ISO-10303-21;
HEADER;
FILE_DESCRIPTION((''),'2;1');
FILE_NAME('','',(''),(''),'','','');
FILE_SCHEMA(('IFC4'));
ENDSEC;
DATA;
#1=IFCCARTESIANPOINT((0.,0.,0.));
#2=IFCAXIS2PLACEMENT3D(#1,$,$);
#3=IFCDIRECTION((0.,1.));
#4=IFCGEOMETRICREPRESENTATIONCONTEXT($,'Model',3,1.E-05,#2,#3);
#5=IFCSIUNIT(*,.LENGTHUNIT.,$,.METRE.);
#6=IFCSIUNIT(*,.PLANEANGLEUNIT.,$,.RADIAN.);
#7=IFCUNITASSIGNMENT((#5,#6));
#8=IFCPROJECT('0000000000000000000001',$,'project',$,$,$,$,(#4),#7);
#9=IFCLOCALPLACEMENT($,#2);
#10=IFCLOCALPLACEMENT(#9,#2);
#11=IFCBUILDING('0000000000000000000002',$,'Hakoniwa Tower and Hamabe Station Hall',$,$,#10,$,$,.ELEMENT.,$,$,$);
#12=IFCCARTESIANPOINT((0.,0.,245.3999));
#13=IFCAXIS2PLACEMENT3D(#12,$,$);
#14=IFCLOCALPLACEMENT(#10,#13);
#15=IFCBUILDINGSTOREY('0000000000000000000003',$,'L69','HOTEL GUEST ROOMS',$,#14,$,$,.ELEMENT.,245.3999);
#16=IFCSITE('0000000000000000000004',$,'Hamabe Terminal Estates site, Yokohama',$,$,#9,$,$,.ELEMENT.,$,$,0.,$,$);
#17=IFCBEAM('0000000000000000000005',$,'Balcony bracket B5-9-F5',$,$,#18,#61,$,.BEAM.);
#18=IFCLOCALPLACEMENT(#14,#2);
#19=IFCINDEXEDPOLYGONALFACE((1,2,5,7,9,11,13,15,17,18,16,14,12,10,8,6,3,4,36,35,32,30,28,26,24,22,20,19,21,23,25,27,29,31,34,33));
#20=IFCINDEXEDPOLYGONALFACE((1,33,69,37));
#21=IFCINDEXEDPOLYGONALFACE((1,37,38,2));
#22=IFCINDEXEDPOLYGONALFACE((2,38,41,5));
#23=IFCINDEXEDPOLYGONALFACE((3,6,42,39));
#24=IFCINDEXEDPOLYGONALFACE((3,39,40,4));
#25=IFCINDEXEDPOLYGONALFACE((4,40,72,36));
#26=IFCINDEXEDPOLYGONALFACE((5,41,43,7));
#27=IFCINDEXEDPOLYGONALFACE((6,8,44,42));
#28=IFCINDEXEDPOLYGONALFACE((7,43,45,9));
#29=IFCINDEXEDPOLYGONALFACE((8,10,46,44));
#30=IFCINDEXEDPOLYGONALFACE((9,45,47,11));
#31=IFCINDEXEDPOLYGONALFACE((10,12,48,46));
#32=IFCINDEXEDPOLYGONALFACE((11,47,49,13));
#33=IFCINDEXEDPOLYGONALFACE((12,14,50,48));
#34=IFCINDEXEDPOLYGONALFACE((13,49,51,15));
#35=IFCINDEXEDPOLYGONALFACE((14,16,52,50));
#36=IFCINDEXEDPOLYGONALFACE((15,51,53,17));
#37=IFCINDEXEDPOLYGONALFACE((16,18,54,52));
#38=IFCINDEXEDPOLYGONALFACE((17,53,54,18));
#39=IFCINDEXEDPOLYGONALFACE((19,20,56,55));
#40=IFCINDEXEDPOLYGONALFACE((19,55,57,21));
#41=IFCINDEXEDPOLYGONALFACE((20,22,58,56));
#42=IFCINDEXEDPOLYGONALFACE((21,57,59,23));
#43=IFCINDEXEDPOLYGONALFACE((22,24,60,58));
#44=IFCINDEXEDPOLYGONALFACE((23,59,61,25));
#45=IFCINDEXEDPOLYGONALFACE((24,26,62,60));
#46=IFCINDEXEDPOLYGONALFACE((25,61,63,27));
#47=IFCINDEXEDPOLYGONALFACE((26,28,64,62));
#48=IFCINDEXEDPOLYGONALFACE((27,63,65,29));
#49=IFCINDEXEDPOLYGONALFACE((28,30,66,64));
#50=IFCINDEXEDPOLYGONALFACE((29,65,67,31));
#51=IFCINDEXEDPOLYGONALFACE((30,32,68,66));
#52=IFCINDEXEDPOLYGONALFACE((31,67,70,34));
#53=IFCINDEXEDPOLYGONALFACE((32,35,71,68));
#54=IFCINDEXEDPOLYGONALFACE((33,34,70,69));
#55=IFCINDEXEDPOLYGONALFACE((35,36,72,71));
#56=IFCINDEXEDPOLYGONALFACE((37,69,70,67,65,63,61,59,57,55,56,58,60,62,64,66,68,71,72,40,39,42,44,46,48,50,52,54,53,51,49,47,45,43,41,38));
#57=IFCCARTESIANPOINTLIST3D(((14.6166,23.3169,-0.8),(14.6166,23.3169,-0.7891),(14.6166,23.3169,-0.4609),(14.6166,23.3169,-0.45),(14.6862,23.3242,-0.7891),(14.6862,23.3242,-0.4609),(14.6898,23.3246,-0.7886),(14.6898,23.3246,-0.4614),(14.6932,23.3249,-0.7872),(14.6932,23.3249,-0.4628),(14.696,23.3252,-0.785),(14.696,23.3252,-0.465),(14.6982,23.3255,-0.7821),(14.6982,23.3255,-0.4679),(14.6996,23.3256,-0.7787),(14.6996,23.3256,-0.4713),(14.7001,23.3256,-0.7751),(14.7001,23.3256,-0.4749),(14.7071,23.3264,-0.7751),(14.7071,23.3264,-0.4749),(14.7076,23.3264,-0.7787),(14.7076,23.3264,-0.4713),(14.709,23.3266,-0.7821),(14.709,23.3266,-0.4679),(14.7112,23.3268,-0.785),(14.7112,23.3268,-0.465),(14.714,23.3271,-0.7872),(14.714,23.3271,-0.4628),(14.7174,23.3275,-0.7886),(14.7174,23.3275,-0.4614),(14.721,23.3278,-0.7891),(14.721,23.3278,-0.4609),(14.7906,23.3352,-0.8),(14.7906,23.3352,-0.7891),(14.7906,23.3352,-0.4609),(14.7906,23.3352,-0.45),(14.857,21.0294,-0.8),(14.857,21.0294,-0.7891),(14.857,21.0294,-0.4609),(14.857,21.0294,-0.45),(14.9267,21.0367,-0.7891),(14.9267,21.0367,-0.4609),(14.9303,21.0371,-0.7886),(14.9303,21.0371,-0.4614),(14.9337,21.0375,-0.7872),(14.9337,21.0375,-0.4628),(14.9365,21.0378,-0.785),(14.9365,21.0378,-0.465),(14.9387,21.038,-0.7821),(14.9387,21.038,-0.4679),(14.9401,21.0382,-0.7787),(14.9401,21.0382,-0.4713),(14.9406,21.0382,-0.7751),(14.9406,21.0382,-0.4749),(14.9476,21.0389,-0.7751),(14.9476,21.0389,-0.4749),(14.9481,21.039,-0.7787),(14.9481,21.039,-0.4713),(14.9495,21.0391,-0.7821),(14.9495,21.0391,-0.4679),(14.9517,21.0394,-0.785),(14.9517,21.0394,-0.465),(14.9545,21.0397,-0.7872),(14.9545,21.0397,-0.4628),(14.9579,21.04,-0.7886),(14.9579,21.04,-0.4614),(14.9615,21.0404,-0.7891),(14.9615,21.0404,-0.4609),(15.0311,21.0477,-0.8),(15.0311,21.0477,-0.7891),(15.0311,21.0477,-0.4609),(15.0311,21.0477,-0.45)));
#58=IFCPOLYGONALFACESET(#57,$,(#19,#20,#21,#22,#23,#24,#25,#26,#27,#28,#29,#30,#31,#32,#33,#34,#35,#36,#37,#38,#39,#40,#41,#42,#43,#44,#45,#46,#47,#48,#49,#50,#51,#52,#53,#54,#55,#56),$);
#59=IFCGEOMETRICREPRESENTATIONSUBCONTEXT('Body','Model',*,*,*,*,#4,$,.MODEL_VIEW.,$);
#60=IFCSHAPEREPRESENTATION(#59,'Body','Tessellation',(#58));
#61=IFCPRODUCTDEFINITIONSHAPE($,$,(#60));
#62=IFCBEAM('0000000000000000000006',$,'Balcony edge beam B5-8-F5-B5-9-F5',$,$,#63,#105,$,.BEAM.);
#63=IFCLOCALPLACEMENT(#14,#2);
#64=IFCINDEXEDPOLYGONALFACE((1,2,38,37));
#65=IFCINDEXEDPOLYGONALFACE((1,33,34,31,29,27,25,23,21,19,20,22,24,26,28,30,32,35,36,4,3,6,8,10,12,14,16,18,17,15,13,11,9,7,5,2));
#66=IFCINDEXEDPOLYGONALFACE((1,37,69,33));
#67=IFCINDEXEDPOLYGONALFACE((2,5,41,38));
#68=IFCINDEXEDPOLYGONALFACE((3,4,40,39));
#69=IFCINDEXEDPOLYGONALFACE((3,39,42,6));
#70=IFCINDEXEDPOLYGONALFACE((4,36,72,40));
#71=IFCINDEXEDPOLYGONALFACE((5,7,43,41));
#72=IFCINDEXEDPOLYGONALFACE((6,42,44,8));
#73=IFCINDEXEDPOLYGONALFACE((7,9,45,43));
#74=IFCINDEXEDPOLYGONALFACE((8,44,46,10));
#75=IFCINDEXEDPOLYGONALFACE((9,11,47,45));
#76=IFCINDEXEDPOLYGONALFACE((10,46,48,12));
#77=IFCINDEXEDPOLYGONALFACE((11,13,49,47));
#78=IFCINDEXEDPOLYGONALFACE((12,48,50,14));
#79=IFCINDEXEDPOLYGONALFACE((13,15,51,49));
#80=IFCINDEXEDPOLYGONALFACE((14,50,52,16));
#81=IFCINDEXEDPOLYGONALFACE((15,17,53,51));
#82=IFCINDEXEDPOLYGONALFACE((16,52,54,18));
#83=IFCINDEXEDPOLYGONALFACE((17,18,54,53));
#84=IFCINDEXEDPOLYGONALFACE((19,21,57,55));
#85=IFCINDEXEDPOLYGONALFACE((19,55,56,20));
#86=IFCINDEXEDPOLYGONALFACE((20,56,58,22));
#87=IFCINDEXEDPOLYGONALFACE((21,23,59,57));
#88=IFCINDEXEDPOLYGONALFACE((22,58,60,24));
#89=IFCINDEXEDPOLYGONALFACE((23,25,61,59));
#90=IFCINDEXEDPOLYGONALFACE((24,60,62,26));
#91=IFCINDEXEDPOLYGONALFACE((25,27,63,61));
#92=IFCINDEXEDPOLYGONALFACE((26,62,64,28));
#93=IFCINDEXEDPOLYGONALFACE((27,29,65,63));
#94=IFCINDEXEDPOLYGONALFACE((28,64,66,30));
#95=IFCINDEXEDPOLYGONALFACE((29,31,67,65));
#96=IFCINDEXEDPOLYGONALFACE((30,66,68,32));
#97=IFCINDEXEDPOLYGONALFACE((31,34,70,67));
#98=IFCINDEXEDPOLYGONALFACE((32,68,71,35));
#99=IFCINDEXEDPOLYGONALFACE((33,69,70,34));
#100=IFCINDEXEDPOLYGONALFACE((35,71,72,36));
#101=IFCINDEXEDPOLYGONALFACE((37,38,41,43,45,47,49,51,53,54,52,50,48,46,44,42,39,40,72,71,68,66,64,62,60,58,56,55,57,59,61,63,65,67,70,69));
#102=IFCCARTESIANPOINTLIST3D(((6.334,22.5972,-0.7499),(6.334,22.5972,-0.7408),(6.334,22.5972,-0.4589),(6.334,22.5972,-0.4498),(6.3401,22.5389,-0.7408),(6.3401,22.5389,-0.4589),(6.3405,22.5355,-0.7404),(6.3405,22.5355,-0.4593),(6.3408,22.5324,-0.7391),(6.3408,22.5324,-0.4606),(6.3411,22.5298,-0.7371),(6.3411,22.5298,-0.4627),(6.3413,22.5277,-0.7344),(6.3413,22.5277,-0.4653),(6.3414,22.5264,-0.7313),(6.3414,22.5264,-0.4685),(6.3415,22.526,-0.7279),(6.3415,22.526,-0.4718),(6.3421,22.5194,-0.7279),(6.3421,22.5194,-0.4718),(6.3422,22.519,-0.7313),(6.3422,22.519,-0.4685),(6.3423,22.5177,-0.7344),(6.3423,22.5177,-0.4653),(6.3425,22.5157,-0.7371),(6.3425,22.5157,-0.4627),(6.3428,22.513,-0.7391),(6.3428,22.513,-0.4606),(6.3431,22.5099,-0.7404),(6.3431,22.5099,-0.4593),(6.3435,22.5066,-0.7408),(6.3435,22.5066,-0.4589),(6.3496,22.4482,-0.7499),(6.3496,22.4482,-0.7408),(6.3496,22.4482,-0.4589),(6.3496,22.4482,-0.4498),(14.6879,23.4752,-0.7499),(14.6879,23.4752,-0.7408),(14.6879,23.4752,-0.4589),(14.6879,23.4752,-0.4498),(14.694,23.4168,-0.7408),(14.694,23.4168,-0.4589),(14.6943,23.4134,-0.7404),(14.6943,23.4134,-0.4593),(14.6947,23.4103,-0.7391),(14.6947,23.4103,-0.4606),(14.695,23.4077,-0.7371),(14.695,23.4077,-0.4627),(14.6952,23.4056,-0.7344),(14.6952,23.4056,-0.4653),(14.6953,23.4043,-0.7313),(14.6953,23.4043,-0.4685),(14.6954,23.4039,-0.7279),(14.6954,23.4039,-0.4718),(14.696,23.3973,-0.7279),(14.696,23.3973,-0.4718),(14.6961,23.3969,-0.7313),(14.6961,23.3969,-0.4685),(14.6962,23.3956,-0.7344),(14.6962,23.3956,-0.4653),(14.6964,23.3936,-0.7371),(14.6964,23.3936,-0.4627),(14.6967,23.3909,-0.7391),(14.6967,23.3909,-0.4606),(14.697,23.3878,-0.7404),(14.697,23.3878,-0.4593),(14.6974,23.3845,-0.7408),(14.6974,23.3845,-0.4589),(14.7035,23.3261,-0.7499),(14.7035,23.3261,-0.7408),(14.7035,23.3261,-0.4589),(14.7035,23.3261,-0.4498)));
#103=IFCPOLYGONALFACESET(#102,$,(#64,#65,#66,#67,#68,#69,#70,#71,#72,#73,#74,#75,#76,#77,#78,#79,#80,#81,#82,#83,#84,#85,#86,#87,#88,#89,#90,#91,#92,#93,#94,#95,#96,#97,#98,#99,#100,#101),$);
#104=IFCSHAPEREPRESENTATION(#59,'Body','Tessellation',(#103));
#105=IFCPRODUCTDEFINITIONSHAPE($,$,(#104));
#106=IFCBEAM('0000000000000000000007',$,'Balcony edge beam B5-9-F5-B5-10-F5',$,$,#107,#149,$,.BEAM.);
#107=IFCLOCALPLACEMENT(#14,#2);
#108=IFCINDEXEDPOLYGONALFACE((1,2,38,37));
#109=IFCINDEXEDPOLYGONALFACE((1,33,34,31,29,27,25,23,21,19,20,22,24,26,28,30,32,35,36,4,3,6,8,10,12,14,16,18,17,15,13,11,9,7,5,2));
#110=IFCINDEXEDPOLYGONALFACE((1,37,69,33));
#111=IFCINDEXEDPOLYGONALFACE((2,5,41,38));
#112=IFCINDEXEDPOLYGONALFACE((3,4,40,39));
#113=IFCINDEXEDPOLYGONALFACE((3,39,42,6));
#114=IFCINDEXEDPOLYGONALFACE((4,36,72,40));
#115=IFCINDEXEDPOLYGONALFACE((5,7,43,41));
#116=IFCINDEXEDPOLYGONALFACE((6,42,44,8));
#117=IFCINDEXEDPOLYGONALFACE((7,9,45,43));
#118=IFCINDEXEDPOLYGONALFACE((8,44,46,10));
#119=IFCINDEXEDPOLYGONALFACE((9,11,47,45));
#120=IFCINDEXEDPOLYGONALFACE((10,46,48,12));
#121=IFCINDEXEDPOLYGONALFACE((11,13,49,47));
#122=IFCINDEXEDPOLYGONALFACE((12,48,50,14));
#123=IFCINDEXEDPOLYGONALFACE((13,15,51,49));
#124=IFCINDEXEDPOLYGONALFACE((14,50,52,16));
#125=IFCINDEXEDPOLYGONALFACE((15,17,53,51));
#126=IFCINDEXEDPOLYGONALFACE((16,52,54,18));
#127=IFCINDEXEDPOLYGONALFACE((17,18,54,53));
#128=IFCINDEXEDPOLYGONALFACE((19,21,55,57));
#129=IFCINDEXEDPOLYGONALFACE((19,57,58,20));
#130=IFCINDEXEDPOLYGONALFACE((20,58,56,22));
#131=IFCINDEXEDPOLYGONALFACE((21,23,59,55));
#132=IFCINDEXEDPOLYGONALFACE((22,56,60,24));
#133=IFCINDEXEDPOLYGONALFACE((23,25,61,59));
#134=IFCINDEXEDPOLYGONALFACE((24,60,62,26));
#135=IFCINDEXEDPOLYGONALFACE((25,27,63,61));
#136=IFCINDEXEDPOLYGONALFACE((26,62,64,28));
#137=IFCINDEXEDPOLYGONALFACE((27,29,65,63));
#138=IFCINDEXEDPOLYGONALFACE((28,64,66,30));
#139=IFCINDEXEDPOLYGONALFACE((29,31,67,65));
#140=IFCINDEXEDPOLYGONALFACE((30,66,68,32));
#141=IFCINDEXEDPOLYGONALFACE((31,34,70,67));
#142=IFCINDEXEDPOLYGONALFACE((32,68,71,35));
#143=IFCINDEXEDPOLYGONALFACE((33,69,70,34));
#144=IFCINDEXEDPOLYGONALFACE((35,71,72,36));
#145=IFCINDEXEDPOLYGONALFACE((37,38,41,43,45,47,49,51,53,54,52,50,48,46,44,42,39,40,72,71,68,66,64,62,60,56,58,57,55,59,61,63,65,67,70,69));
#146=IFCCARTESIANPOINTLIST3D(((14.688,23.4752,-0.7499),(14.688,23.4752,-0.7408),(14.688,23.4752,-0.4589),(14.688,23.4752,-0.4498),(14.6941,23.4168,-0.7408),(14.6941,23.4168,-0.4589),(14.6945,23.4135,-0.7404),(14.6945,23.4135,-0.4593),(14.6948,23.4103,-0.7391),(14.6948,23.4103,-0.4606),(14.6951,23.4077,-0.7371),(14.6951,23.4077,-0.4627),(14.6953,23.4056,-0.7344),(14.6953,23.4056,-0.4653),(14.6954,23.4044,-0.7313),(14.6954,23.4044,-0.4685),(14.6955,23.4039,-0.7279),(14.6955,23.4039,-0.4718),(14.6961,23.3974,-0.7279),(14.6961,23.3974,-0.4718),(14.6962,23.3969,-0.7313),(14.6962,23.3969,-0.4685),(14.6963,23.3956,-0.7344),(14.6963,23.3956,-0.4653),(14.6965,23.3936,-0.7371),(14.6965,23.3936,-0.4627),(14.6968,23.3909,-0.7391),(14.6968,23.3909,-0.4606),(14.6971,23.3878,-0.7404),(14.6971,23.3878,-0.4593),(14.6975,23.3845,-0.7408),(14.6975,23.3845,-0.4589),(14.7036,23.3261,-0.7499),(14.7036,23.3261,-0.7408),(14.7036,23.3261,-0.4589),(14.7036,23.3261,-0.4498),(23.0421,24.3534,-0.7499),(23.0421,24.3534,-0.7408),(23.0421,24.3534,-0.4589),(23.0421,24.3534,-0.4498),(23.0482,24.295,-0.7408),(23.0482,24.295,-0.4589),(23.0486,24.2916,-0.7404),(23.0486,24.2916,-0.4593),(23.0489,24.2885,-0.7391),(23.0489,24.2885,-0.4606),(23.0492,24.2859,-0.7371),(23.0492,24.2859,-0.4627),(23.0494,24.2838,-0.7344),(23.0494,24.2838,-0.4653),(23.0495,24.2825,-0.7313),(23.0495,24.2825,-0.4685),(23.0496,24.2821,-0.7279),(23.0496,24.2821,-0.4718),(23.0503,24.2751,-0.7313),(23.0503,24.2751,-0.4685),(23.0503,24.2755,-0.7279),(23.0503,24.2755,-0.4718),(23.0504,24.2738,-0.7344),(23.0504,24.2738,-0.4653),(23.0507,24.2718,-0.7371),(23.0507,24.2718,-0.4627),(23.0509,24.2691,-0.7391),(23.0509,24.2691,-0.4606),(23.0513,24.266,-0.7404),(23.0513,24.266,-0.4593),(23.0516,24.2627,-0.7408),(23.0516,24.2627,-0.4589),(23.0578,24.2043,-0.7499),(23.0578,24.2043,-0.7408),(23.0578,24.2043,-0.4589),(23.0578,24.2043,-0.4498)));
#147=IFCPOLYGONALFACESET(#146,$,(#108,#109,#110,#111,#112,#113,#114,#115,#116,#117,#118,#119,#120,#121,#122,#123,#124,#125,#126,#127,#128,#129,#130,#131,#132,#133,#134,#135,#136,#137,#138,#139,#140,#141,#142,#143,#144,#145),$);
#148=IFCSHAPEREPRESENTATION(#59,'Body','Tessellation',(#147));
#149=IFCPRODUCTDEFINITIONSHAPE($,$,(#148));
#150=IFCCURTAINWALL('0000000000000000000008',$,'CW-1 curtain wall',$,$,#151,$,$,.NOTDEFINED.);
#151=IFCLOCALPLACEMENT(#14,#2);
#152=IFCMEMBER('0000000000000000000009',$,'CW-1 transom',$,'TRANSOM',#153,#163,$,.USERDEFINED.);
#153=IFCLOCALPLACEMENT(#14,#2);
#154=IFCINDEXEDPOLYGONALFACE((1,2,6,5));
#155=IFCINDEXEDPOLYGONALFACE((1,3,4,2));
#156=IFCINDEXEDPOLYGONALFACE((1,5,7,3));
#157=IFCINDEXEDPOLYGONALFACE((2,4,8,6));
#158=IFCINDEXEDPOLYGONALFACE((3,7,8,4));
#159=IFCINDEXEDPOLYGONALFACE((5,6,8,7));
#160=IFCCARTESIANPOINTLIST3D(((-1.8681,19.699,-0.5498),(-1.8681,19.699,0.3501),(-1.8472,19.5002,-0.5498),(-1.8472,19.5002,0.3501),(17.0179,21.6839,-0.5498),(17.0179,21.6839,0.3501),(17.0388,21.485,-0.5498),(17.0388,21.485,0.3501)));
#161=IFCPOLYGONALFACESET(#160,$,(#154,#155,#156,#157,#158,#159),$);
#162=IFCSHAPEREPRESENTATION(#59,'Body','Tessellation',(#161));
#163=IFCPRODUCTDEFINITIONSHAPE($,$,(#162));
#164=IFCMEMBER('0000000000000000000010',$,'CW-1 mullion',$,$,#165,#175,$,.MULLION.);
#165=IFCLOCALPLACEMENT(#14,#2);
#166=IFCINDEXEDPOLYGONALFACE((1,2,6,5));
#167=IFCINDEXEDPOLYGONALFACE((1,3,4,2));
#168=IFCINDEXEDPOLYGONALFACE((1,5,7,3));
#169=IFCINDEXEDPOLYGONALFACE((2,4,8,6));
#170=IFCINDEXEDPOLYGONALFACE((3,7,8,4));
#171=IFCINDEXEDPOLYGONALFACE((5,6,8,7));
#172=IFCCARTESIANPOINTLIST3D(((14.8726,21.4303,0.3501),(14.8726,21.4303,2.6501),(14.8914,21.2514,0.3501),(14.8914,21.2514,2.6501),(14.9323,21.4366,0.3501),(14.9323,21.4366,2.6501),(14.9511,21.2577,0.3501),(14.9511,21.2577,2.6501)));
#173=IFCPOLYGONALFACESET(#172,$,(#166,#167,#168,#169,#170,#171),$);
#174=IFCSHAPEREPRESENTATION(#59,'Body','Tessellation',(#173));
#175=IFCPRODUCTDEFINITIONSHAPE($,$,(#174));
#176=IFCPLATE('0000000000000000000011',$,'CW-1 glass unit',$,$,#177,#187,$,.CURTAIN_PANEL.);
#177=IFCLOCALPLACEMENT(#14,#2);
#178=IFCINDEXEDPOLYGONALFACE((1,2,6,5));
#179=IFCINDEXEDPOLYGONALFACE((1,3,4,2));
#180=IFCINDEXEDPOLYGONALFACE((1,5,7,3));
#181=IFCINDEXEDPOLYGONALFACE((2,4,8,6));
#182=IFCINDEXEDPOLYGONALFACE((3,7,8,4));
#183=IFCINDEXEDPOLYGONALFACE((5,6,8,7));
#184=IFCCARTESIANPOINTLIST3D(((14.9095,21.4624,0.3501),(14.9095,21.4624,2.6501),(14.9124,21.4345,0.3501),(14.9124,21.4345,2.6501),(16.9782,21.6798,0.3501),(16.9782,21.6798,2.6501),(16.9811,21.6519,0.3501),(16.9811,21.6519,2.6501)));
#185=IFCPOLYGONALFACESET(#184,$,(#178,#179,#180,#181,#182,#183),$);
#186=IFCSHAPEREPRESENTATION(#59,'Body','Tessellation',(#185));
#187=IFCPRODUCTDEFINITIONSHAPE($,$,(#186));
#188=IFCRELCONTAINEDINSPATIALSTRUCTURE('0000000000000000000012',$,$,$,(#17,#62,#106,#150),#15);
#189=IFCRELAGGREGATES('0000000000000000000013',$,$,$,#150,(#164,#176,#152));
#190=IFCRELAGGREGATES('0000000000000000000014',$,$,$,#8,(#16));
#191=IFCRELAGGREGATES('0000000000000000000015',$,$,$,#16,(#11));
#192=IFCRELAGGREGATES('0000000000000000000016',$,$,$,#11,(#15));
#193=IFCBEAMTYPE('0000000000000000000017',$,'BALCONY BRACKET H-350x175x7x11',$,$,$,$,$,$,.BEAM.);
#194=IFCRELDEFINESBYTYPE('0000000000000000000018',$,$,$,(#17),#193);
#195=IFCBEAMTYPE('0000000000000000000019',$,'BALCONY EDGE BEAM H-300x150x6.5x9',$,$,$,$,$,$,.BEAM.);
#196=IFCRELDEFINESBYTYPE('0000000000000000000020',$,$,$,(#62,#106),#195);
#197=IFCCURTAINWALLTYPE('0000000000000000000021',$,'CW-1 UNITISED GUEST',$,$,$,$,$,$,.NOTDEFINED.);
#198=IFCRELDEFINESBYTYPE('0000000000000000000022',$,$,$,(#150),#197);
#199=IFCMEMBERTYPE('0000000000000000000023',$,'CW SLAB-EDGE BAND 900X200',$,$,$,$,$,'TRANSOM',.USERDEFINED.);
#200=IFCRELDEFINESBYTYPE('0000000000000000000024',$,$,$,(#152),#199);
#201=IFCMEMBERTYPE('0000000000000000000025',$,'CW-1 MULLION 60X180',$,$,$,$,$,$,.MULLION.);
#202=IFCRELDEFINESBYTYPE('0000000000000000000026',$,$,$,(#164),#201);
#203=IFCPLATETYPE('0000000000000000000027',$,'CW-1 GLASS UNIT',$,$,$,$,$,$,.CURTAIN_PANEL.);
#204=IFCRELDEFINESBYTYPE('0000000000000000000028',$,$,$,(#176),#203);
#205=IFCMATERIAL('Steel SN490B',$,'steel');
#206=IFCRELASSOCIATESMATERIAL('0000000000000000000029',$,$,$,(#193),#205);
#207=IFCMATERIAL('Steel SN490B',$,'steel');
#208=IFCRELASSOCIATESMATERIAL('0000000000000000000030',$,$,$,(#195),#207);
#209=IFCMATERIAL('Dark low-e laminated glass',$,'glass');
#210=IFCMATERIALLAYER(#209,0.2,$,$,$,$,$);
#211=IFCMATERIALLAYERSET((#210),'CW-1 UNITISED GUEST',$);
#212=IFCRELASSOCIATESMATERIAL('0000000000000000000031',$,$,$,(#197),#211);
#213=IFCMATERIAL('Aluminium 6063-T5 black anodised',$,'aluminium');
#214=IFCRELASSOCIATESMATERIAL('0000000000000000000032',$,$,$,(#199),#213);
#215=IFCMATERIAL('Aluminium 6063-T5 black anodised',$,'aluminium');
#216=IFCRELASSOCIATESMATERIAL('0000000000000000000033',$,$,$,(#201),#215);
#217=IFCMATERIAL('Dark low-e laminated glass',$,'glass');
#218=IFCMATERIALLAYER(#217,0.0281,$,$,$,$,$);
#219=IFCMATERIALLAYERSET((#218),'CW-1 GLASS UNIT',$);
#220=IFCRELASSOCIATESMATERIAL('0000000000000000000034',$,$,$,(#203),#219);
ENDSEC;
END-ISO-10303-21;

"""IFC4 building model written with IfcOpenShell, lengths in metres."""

from ifc_helpers import new_model, si_unit, direction, frame, origin, origin_2d, place, context, subcontext, project, spatial, rectangle, i_section, extrude, material, layer, layer_set, material_profile, profile_set, type_object, element, aggregate, save


model = new_model("IFC4")

# Units and contexts
model_context = context("Model", 3, precision=1e-05, world=origin(), true_north=direction((0.0, 1.0)))
body_context = subcontext(model_context, "Body", "Model", "MODEL_VIEW")
ifc_project = project(units=[si_unit("LENGTHUNIT", "METRE"), si_unit("PLANEANGLEUNIT", "RADIAN")], contexts=[model_context])

# Site, building, storey
site_placement = place(None, origin())
site = spatial("IfcSite", under=ifc_project, at=site_placement, Name="Hamabe Terminal Estates site, Yokohama", CompositionType="ELEMENT", RefElevation=0.0)
building_placement = place(site_placement, origin())
building = spatial("IfcBuilding", under=site, at=building_placement, Name="Hakoniwa Tower and Hamabe Station Hall", CompositionType="ELEMENT")
storey_placement = place(building_placement, frame((0.0, 0.0, 245.3999)))
storey = spatial("IfcBuildingStorey", under=building, at=storey_placement, Name="L69", Description="HOTEL GUEST ROOMS", CompositionType="ELEMENT", Elevation=245.3999)

# Beams
ifc_material_1 = material(Name="Steel SN490B", Category="steel")
ifc_material_profile_1 = material_profile(ifc_material_1, i_section(OverallWidth=0.175, OverallDepth=0.3501, WebThickness=0.0071, FlangeThickness=0.011, FilletRadius=0.0139, at=origin_2d()), Name="H-350x175x7x11")
ifc_profile_set_1 = profile_set([ifc_material_profile_1], Name="Steel SN490B")
beam_type_1 = type_object("IfcBeamType", Name="BALCONY BRACKET H-350x175x7x11", PredefinedType="BEAM", material=ifc_profile_set_1)
for number, where, z_axis, x_axis, name in (
    (1, (14.9441, 21.0386, -0.625), (-0.104558, 0.994519, 0.0), (-0.994519, -0.104558, 0.0), "Balcony bracket B5-9-F5"),
):
    element("IfcBeam", number, at=place(storey_placement, frame(where, z_axis=z_axis, x_axis=x_axis)), inside=storey, type_object=beam_type_1, Name=name, PredefinedType="BEAM", context=body_context, shape_type="SweptSolid", body=[
        extrude(i_section(OverallWidth=0.175, OverallDepth=0.3501, WebThickness=0.0071, FlangeThickness=0.011, FilletRadius=0.0139, at=origin_2d()), origin(), (0.0, 0.0, 1.0), 2.3),
    ])
ifc_material_2 = material(Name="Steel SN490B", Category="steel")
ifc_material_profile_2 = material_profile(ifc_material_2, i_section(OverallWidth=0.1499, OverallDepth=0.3, WebThickness=0.0066, FlangeThickness=0.009, FilletRadius=0.0129, at=origin_2d()), Name="H-300x150x6.5x9")
ifc_profile_set_2 = profile_set([ifc_material_profile_2], Name="Steel SN490B")
beam_type_2 = type_object("IfcBeamType", Name="BALCONY EDGE BEAM H-300x150x6.5x9", PredefinedType="BEAM", material=ifc_profile_set_2)
beam_1_placement = place(storey_placement, frame((6.3418, 22.5227, -0.5999), z_axis=(0.994523, 0.104515, 0.0), x_axis=(-0.104515, 0.994523, 0.0)))
element("IfcBeam", 2, at=beam_1_placement, inside=storey, type_object=beam_type_2, Name="Balcony edge beam B5-8-F5-B5-9-F5", PredefinedType="BEAM", context=body_context, shape_type="SweptSolid", body=[
    extrude(i_section(OverallWidth=0.1499, OverallDepth=0.3, WebThickness=0.0066, FlangeThickness=0.009, FilletRadius=0.0129, at=origin_2d()), origin(), (0.0, 0.0, 1.0), 8.3999),
])
beam_2_placement = place(storey_placement, frame((14.6958, 23.4006, -0.5999), z_axis=(0.99452, 0.104544, 0.0), x_axis=(-0.104544, 0.99452, 0.0)))
element("IfcBeam", 3, at=beam_2_placement, inside=storey, type_object=beam_type_2, Name="Balcony edge beam B5-9-F5-B5-10-F5", PredefinedType="BEAM", context=body_context, shape_type="SweptSolid", body=[
    extrude(i_section(OverallWidth=0.1499, OverallDepth=0.3, WebThickness=0.0066, FlangeThickness=0.009, FilletRadius=0.0129, at=origin_2d()), origin(), (0.0, 0.0, 1.0), 8.4001),
])

# Curtain wall, members, plate
ifc_material_3 = material(Name="Dark low-e laminated glass", Category="glass")
ifc_layer_1 = layer(ifc_material_3, 0.2)
ifc_layer_set_1 = layer_set([ifc_layer_1], Name="CW-1 UNITISED GUEST")
curtain_wall_type = type_object("IfcCurtainWallType", Name="CW-1 UNITISED GUEST", PredefinedType="NOTDEFINED", material=ifc_layer_set_1)
curtain_wall_placement = place(storey_placement, origin())
curtain_wall = element("IfcCurtainWall", 4, at=curtain_wall_placement, inside=storey, type_object=curtain_wall_type, Name="CW-1 curtain wall", PredefinedType="NOTDEFINED")
ifc_material_4 = material(Name="Aluminium 6063-T5 black anodised", Category="aluminium")
ifc_material_profile_3 = material_profile(ifc_material_4, rectangle(XDim=0.2, YDim=0.8999, at=origin_2d()), Name="CW SLAB-EDGE BAND 900X200")
ifc_profile_set_3 = profile_set([ifc_material_profile_3], Name="Aluminium 6063-T5 black anodised")
member_type_1 = type_object("IfcMemberType", Name="CW SLAB-EDGE BAND 900X200", ElementType="TRANSOM", PredefinedType="USERDEFINED", material=ifc_profile_set_3)
member_1_placement = place(storey_placement, frame((17.0283, 21.5845, -0.0999), z_axis=(-0.994523, -0.104521, 0.0), x_axis=(0.104521, -0.994523, 0.0)))
member_1 = element("IfcMember", 5, at=member_1_placement, type_object=member_type_1, Name="CW-1 transom", ObjectType="TRANSOM", PredefinedType="USERDEFINED", context=body_context, shape_type="SweptSolid", body=[
    extrude(rectangle(XDim=0.2, YDim=0.8999, at=origin_2d()), origin(), (0.0, 0.0, 1.0), 18.99),
])
ifc_material_5 = material(Name="Aluminium 6063-T5 black anodised", Category="aluminium")
ifc_material_profile_4 = material_profile(ifc_material_5, rectangle(XDim=0.0601, YDim=0.1799, at=origin_2d()), Name="CW-1 MULLION 60X180")
ifc_profile_set_4 = profile_set([ifc_material_profile_4], Name="Aluminium 6063-T5 black anodised")
member_type_2 = type_object("IfcMemberType", Name="CW-1 MULLION 60X180", PredefinedType="MULLION", material=ifc_profile_set_4)
member_2_placement = place(storey_placement, frame((14.9119, 21.344, 0.3501), z_axis=(0.0, 0.0, 1.0), x_axis=(-0.994522, -0.104528, 0.0)))
member_2 = element("IfcMember", 6, at=member_2_placement, type_object=member_type_2, Name="CW-1 mullion", PredefinedType="MULLION", context=body_context, shape_type="SweptSolid", body=[
    extrude(rectangle(XDim=0.0601, YDim=0.1799, at=origin_2d()), origin(), (0.0, 0.0, 1.0), 2.3),
])
ifc_material_6 = material(Name="Dark low-e laminated glass", Category="glass")
ifc_layer_2 = layer(ifc_material_6, 0.0281)
ifc_layer_set_2 = layer_set([ifc_layer_2], Name="CW-1 GLASS UNIT")
plate_type = type_object("IfcPlateType", Name="CW-1 GLASS UNIT", PredefinedType="CURTAIN_PANEL", material=ifc_layer_set_2)
plate_1_placement = place(storey_placement, frame((15.9453, 21.5571, 0.3501), z_axis=(0.0, 0.0, 1.0), x_axis=(-0.994522, -0.104528, 0.0)))
plate_1 = element("IfcPlate", 7, at=plate_1_placement, type_object=plate_type, Name="CW-1 glass unit", PredefinedType="CURTAIN_PANEL", context=body_context, shape_type="SweptSolid", body=[
    extrude(rectangle(XDim=2.0801, YDim=0.0281, at=origin_2d()), origin(), (0.0, 0.0, 1.0), 2.3),
])

aggregate(curtain_wall, [member_2, plate_1, member_1])

save(model, "model.ifc")
